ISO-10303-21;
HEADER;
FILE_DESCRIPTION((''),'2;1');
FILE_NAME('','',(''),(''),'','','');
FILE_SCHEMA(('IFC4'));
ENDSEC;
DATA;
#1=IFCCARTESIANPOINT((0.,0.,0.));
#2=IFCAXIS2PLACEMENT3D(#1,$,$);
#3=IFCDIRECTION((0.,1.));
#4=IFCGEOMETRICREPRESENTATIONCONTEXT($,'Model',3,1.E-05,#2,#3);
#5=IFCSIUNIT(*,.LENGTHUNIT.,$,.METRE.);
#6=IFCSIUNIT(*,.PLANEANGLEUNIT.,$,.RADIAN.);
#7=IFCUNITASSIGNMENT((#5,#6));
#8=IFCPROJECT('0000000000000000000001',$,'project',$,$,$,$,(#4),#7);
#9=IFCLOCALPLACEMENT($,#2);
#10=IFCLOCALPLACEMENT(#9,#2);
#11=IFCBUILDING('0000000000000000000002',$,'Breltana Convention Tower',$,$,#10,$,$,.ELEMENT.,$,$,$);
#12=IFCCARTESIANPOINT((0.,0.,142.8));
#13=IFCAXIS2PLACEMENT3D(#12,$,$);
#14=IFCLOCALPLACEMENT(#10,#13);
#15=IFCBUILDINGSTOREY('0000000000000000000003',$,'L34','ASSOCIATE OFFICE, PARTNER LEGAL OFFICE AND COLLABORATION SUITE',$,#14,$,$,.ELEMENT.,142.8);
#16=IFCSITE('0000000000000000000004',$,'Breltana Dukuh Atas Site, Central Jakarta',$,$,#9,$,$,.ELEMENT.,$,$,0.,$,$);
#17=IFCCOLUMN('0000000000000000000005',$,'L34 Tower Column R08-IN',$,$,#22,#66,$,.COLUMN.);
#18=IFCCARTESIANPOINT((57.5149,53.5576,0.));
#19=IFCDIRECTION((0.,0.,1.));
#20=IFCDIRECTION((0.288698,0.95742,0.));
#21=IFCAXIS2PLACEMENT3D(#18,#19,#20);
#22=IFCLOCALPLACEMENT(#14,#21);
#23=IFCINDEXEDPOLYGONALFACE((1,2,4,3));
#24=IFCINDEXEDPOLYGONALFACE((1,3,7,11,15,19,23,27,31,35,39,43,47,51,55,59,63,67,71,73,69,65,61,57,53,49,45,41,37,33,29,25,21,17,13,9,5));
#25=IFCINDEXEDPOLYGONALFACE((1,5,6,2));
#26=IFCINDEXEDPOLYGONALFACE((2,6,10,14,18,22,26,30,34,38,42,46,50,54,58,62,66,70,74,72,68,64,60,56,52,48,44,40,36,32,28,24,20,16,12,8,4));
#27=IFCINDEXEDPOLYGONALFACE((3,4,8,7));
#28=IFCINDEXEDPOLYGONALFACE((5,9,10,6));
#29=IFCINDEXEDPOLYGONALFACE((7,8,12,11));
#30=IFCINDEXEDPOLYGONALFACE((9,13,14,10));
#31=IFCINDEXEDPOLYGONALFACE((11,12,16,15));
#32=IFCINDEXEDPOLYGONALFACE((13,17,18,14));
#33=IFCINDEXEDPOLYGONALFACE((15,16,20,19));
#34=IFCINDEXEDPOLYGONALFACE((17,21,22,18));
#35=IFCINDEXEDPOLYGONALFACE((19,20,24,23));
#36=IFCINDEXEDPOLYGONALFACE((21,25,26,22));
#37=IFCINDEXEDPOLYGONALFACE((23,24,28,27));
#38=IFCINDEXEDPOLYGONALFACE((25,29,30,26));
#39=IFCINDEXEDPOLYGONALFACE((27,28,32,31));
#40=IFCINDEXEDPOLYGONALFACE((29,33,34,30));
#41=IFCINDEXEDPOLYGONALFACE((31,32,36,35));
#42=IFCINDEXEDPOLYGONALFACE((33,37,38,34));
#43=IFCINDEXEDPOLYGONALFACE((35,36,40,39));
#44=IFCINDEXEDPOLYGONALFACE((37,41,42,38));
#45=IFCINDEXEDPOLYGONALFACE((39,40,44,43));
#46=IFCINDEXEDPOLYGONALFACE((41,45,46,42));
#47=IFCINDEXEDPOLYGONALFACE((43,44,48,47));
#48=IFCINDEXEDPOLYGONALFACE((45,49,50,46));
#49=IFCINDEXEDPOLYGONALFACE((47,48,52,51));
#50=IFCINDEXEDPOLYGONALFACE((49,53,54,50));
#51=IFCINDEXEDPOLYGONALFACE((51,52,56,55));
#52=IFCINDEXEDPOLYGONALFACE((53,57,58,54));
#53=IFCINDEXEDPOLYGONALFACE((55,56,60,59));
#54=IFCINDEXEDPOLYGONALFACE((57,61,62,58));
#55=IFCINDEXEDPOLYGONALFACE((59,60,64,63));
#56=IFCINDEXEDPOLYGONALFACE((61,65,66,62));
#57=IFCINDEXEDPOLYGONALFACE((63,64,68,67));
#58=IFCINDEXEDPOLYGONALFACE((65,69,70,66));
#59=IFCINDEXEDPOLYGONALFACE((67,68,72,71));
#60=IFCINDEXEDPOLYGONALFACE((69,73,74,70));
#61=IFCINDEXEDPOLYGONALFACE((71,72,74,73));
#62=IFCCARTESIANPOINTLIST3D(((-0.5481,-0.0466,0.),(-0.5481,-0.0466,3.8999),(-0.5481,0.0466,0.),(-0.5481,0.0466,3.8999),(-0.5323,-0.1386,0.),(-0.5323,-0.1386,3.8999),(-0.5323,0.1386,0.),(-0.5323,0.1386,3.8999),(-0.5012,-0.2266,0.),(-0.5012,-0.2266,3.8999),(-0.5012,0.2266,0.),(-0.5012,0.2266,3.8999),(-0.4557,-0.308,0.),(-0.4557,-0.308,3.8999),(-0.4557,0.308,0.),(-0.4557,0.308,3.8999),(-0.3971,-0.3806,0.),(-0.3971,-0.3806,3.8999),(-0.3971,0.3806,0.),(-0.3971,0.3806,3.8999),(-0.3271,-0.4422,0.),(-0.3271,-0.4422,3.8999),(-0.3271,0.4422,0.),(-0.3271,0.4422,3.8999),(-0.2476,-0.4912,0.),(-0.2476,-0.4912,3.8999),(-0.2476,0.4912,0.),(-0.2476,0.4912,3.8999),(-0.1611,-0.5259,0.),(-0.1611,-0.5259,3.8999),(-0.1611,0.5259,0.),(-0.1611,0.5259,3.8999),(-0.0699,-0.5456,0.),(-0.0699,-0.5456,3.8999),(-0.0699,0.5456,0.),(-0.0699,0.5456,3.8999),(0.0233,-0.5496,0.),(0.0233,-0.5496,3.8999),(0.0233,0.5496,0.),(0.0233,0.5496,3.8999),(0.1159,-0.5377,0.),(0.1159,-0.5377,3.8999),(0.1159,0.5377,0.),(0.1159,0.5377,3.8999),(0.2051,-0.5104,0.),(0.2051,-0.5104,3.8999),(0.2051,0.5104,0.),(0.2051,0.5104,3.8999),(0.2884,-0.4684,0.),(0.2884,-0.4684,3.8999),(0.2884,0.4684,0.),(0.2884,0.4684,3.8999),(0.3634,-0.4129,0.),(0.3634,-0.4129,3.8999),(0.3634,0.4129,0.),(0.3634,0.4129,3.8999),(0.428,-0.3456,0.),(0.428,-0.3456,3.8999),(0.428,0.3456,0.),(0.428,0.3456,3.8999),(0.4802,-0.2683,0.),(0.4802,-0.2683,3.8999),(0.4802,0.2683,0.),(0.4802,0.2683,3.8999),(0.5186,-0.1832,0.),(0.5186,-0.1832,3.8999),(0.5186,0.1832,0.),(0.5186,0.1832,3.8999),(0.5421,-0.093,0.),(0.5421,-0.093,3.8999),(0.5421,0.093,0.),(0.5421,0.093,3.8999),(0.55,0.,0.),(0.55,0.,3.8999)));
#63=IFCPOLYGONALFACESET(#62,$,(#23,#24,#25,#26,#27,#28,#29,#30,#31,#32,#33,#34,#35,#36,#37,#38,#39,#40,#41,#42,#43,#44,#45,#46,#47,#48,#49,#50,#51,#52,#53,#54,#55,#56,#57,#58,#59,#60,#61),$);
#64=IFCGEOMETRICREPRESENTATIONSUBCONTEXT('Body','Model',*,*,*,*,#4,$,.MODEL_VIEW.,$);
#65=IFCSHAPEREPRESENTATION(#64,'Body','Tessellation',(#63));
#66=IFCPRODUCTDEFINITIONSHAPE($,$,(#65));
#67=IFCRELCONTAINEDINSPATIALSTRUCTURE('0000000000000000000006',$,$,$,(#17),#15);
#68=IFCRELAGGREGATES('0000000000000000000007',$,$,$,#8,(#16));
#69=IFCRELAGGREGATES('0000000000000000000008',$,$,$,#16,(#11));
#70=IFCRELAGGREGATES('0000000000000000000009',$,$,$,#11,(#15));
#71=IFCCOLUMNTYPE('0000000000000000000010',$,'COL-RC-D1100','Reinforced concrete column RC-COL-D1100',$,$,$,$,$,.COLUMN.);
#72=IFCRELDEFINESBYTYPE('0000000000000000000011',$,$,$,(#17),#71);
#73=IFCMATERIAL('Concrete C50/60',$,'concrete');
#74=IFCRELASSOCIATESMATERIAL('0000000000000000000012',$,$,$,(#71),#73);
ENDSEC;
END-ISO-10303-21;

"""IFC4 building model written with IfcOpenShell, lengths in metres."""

from ifc_helpers import new_model, si_unit, direction, frame, origin, origin_2d, place, context, subcontext, project, spatial, circle, extrude, source, transform, mapped, material, material_profile, profile_set, type_object, element, save


model = new_model("IFC4")

# Units and contexts
model_context = context("Model", 3, precision=1e-05, world=origin(), true_north=direction((0.0, 1.0)))
body_context = subcontext(model_context, "Body", "Model", "MODEL_VIEW")
ifc_project = project(units=[si_unit("LENGTHUNIT", "METRE"), si_unit("PLANEANGLEUNIT", "RADIAN")], contexts=[model_context])

# Site, building, storey
site_placement = place(None, origin())
site = spatial("IfcSite", under=ifc_project, at=site_placement, Name="Breltana Dukuh Atas Site, Central Jakarta", CompositionType="ELEMENT", RefElevation=0.0)
building_placement = place(site_placement, origin())
building = spatial("IfcBuilding", under=site, at=building_placement, Name="Breltana Convention Tower", CompositionType="ELEMENT")
storey_placement = place(building_placement, frame((0.0, 0.0, 142.8)))
storey = spatial("IfcBuildingStorey", under=building, at=storey_placement, Name="L34", Description="ASSOCIATE OFFICE, PARTNER LEGAL OFFICE AND COLLABORATION SUITE", CompositionType="ELEMENT", Elevation=142.8)

# Column
ifc_material_1 = material(Name="Concrete C50/60", Category="concrete")
ifc_material_profile_1 = material_profile(ifc_material_1, circle(Radius=0.55, at=origin_2d()), Name="RC-COL-D1100")
ifc_profile_set_1 = profile_set([ifc_material_profile_1], Name="Concrete C50/60")
column_type = type_object("IfcColumnType", Name="COL-RC-D1100", Description="Reinforced concrete column RC-COL-D1100", PredefinedType="COLUMN", material=ifc_profile_set_1)
shared_shape_1 = source(origin(), body_context, "Body", "SweptSolid", [
    extrude(circle(Radius=0.55, at=origin_2d()), origin(), (0.0, 0.0, 1.0), 3.8999),
])
for number, where, z_axis, x_axis, name in (
    (1, (57.5149, 53.5576, 0.0), (0.0, 0.0, 1.0), (0.288698, 0.95742, 0.0), "L34 Tower Column R08-IN"),
):
    element("IfcColumn", number, at=place(storey_placement, frame(where, z_axis=z_axis, x_axis=x_axis)), inside=storey, type_object=column_type, Name=name, PredefinedType="COLUMN", context=body_context, shape_type="MappedRepresentation", body=[
        mapped(shared_shape_1, transform((0.0, 0.0, 0.0), scale=1.0)),
    ])

save(model, "model.ifc")
